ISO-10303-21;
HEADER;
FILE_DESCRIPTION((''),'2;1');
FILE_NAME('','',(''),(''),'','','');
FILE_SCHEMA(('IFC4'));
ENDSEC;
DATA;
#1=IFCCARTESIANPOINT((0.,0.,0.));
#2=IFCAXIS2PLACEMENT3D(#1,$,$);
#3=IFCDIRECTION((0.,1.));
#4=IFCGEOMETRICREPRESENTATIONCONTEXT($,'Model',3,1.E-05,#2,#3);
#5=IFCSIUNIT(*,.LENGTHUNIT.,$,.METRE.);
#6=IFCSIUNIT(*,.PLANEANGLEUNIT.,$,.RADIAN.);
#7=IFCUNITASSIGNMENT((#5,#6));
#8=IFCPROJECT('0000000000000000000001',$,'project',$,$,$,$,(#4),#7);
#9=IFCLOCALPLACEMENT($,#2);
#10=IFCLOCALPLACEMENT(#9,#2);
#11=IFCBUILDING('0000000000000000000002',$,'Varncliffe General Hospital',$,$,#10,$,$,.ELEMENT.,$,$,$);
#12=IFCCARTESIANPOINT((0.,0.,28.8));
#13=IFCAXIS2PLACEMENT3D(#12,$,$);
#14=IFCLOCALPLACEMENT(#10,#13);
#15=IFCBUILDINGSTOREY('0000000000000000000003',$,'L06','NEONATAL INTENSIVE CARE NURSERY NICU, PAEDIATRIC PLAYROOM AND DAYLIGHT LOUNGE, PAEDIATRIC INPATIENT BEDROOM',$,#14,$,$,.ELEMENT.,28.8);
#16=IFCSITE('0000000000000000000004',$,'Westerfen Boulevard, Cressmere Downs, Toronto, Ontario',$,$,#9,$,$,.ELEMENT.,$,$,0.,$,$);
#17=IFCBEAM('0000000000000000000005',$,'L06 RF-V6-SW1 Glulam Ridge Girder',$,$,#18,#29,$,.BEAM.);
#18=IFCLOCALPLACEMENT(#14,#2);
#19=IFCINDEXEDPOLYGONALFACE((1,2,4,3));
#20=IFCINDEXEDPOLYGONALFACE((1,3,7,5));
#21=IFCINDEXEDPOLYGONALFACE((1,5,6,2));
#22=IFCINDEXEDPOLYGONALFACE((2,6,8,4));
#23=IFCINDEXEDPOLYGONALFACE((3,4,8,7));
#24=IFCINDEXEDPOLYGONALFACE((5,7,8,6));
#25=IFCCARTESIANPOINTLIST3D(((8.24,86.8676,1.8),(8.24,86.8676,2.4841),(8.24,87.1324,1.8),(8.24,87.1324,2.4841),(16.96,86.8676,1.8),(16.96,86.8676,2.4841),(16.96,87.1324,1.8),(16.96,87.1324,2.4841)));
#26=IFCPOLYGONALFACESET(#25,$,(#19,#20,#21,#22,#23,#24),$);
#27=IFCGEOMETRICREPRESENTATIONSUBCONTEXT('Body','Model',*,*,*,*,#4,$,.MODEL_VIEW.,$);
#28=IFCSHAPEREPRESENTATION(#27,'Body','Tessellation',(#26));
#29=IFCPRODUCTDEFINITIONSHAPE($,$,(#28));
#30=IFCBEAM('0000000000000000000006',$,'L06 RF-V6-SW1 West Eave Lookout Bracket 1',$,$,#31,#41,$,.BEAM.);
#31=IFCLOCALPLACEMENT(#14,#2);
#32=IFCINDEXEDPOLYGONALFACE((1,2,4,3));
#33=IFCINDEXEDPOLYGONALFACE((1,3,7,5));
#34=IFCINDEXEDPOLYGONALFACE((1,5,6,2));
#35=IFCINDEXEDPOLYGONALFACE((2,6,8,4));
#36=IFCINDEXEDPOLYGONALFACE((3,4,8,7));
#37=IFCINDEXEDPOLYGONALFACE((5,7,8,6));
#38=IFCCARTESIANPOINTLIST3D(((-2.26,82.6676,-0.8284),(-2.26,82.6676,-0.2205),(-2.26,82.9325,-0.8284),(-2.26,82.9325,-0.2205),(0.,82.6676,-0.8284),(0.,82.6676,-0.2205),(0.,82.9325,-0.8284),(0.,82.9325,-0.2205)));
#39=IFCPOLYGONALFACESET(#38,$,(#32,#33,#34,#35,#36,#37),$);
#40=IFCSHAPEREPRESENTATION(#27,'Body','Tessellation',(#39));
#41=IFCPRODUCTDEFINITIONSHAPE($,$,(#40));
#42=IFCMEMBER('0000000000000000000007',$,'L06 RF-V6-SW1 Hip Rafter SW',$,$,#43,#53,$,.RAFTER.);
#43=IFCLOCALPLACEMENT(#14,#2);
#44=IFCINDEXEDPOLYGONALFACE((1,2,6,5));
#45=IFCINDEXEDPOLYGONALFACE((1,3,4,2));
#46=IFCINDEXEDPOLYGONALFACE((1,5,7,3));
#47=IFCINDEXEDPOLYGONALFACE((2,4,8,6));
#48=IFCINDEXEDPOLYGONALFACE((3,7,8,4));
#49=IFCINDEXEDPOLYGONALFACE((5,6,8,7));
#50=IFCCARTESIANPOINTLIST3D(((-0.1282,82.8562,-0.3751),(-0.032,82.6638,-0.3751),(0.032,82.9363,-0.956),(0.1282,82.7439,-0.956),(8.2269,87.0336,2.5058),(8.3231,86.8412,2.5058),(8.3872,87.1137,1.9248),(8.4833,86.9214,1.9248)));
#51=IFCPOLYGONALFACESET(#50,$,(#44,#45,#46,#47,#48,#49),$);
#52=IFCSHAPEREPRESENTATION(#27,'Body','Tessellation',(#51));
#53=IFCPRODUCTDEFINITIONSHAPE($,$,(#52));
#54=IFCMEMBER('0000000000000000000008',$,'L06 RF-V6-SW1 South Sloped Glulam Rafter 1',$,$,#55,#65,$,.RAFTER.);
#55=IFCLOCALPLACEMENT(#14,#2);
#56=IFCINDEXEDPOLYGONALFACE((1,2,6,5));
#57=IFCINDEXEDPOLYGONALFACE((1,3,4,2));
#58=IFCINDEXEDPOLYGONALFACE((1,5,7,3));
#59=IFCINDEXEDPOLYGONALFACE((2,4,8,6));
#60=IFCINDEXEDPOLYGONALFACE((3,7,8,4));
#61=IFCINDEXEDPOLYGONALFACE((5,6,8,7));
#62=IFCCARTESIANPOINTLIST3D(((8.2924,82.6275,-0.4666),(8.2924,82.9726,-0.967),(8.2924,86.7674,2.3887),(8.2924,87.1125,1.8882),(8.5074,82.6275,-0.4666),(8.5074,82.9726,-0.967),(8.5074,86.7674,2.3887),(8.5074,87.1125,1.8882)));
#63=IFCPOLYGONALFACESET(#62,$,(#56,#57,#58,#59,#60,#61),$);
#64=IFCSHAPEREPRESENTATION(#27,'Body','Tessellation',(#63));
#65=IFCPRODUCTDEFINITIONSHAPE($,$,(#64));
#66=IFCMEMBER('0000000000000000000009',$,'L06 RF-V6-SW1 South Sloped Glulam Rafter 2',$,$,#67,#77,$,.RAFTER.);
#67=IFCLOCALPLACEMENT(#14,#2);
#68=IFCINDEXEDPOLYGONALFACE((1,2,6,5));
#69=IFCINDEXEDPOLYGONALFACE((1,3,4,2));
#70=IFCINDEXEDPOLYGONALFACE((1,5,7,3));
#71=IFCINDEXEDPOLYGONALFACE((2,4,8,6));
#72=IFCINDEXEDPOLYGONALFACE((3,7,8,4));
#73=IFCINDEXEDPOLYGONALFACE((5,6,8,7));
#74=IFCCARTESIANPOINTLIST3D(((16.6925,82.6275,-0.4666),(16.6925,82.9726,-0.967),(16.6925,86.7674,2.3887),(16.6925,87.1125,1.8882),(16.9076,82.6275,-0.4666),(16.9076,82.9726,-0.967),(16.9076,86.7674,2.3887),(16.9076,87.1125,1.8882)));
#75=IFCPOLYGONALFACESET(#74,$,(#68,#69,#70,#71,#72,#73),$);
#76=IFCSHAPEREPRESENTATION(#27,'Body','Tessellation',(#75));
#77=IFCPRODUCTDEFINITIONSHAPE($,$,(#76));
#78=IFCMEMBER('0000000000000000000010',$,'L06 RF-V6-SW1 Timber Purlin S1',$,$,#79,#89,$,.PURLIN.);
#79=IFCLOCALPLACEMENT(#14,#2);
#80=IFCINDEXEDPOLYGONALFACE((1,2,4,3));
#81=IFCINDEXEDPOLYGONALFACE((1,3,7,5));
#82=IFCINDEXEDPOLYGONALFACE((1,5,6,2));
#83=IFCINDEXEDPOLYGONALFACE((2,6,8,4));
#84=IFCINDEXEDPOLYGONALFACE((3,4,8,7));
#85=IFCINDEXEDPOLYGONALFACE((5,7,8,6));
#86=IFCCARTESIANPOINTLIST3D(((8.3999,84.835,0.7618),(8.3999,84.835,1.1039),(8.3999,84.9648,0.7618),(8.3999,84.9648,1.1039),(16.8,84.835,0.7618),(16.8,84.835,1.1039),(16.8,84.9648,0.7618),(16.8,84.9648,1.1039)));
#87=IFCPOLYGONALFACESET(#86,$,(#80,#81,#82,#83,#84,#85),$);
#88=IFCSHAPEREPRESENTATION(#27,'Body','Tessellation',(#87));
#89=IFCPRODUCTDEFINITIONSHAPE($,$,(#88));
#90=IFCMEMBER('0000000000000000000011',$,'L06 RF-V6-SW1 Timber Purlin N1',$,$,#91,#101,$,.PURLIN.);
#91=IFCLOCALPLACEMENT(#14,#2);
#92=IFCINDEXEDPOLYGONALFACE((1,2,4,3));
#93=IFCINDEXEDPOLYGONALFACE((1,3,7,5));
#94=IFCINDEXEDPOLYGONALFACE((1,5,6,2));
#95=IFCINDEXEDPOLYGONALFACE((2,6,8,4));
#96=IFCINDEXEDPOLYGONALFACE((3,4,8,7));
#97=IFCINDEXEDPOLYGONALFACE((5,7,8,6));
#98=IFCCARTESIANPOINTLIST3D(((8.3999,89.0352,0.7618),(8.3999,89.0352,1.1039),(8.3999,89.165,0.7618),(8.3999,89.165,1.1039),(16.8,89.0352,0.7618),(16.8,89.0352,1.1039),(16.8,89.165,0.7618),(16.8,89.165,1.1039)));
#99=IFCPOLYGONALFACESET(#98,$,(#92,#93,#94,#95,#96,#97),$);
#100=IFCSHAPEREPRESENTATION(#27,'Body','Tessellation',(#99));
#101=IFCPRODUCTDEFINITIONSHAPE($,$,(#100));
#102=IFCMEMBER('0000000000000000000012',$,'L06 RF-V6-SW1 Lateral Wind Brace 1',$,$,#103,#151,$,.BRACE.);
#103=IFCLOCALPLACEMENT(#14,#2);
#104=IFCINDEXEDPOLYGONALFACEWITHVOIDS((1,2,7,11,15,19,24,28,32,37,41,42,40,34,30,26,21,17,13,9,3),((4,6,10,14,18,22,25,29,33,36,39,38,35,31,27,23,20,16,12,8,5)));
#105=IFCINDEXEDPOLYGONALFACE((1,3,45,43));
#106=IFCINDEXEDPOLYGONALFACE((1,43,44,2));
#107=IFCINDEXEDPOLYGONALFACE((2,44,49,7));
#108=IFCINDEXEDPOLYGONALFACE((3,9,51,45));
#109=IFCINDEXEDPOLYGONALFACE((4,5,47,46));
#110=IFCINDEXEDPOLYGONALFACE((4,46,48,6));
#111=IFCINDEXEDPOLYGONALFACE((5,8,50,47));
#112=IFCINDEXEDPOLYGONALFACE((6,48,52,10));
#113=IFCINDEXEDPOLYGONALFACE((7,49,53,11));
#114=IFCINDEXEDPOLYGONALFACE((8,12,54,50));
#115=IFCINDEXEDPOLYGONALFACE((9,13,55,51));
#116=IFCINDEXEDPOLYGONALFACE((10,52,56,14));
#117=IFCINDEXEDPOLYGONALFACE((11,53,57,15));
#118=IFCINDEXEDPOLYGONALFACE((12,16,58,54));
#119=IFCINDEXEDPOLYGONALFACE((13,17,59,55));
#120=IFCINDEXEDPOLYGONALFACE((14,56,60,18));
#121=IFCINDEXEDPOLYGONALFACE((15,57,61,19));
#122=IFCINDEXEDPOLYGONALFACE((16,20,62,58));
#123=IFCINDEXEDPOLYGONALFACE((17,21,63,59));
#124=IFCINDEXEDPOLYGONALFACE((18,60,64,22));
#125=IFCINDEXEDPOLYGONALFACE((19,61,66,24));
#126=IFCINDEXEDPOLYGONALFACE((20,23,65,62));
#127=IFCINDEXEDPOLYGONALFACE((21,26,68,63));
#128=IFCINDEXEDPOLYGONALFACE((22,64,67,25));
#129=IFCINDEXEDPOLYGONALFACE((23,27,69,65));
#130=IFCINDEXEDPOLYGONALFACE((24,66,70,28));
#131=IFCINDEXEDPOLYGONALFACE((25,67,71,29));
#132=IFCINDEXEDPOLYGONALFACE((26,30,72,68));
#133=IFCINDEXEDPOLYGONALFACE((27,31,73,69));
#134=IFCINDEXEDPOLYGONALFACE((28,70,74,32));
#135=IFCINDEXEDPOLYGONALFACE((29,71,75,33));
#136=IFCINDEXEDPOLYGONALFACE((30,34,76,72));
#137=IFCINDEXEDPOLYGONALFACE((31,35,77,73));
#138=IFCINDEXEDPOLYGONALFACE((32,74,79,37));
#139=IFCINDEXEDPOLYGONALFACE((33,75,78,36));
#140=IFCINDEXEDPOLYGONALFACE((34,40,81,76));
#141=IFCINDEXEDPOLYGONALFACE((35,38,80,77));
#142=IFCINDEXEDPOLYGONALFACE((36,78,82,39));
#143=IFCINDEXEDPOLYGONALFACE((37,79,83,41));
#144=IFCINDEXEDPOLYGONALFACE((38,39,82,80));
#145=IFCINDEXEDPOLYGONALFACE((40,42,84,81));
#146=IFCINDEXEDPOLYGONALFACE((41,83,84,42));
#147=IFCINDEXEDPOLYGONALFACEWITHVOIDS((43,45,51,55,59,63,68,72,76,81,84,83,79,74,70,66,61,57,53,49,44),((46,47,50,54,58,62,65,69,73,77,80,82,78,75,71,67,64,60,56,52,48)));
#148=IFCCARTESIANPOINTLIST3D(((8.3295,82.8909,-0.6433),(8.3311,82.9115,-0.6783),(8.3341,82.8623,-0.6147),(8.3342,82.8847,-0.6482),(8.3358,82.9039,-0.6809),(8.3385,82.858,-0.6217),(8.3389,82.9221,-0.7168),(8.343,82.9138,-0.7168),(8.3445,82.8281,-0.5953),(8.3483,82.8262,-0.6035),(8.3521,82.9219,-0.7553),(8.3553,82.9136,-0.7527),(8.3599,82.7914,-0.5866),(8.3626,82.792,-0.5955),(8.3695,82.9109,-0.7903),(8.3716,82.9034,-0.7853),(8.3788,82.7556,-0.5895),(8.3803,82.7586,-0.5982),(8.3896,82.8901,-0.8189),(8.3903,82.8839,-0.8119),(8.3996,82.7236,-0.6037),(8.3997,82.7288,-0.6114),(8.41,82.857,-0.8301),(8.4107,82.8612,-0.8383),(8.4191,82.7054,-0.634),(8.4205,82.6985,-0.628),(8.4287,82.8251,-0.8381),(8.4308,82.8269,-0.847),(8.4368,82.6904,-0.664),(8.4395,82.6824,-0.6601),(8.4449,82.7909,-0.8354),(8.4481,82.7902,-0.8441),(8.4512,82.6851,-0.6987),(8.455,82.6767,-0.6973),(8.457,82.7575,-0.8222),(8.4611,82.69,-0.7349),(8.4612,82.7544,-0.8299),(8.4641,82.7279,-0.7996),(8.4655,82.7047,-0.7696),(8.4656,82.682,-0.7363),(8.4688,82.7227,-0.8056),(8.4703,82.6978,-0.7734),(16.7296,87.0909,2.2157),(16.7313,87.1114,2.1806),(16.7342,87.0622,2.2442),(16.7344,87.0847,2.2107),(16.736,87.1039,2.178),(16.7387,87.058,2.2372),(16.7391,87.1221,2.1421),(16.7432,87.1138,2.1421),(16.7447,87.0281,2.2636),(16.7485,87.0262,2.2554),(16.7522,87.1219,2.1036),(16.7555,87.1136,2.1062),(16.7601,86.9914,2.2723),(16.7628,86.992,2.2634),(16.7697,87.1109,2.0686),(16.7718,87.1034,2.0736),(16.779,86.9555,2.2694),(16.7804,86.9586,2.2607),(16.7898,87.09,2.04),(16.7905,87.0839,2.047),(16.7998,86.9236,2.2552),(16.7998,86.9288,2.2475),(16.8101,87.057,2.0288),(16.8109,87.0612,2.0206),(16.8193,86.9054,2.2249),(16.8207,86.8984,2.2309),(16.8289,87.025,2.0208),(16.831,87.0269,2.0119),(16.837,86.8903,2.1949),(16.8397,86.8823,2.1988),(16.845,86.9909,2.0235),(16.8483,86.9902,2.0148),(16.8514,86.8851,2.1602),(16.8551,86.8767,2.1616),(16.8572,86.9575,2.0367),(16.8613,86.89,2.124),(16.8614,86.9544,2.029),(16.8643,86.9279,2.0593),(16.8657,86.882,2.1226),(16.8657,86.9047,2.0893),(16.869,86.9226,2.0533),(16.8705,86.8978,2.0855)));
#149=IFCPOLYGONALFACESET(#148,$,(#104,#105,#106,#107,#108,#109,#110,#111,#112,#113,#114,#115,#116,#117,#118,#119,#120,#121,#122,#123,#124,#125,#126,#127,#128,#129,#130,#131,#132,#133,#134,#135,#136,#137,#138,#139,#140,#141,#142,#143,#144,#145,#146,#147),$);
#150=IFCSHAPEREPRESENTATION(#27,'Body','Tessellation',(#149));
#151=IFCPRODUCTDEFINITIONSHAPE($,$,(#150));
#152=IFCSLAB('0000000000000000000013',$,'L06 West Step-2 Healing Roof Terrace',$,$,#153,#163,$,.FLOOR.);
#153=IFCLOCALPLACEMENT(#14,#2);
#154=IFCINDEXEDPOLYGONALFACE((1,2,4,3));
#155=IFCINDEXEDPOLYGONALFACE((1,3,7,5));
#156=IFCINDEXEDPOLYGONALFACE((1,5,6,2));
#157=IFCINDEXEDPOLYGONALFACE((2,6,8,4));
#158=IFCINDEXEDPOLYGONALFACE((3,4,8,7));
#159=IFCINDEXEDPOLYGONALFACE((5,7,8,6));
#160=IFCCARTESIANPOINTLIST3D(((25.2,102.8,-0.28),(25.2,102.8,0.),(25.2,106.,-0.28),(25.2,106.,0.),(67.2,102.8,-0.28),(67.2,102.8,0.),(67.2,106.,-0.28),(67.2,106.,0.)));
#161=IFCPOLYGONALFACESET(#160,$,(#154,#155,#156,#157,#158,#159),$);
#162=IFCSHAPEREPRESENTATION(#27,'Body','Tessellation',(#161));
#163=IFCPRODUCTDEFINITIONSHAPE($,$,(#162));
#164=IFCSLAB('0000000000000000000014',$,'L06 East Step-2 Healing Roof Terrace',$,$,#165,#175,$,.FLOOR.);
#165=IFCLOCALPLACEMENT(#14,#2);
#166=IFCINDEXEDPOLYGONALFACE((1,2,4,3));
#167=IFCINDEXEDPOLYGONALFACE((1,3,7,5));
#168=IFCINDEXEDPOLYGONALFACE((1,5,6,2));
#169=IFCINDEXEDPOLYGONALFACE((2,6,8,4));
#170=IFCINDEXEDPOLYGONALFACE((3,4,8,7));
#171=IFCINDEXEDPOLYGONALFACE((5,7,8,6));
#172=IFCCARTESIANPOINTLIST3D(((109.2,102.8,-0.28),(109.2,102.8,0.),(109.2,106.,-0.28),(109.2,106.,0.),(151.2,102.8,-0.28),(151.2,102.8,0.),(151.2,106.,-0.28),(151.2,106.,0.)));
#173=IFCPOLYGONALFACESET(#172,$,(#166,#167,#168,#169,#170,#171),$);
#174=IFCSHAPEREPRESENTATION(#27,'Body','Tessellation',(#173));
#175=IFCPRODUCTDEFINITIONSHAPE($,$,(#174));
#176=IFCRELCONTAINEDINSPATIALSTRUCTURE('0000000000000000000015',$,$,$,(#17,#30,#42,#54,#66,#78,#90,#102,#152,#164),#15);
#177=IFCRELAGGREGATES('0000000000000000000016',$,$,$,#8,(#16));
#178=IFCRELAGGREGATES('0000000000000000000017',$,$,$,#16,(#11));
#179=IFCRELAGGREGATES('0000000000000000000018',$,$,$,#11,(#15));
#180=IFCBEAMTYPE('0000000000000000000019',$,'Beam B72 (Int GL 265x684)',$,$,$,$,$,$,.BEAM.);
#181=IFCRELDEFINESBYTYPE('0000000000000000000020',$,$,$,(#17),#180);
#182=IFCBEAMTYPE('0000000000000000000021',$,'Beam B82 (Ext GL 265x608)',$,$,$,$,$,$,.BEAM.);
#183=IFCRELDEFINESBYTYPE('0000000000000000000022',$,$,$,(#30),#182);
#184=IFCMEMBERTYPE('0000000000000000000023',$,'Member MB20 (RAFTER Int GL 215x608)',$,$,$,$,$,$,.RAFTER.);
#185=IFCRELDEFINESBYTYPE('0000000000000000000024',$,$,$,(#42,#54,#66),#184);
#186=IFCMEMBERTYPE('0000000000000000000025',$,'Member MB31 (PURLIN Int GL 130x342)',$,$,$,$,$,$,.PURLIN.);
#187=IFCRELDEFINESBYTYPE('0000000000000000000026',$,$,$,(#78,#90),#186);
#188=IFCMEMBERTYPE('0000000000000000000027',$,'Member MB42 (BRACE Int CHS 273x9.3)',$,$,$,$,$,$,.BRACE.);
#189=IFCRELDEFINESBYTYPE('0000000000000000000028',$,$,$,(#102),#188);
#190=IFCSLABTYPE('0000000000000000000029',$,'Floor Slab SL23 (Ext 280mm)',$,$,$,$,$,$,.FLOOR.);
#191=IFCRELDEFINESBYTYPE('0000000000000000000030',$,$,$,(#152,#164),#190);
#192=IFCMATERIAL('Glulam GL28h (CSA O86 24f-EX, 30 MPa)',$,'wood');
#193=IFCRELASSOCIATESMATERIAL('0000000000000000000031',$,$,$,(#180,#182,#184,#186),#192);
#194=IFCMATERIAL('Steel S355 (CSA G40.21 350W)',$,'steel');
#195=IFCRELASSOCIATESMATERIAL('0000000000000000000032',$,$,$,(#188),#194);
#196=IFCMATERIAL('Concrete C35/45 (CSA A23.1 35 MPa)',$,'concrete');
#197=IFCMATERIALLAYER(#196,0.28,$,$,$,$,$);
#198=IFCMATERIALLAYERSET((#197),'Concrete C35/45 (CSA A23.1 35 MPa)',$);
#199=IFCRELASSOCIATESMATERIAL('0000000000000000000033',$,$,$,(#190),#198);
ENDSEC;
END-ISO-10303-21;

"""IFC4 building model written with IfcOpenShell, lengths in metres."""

from ifc_helpers import new_model, si_unit, direction, frame, origin, origin_2d, place, context, subcontext, project, spatial, polyline, rectangle, hollow_circle, outline, extrude, material, layer, layer_set, material_profile, profile_set, type_object, element, save


model = new_model("IFC4")

# Units and contexts
model_context = context("Model", 3, precision=1e-05, world=origin(), true_north=direction((0.0, 1.0)))
body_context = subcontext(model_context, "Body", "Model", "MODEL_VIEW")
ifc_project = project(units=[si_unit("LENGTHUNIT", "METRE"), si_unit("PLANEANGLEUNIT", "RADIAN")], contexts=[model_context])

# Site, building, storey
site_placement = place(None, origin())
site = spatial("IfcSite", under=ifc_project, at=site_placement, Name="Westerfen Boulevard, Cressmere Downs, Toronto, Ontario", CompositionType="ELEMENT", RefElevation=0.0)
building_placement = place(site_placement, origin())
building = spatial("IfcBuilding", under=site, at=building_placement, Name="Varncliffe General Hospital", CompositionType="ELEMENT")
storey_placement = place(building_placement, frame((0.0, 0.0, 28.8)))
storey = spatial("IfcBuildingStorey", under=building, at=storey_placement, Name="L06", Description="NEONATAL INTENSIVE CARE NURSERY NICU, PAEDIATRIC PLAYROOM AND DAYLIGHT LOUNGE, PAEDIATRIC INPATIENT BEDROOM", CompositionType="ELEMENT", Elevation=28.8)

# Beams
ifc_material_1 = material(Name="Glulam GL28h (CSA O86 24f-EX, 30 MPa)", Category="wood")
ifc_material_profile_1 = material_profile(ifc_material_1, rectangle(XDim=0.2649, YDim=0.6841, at=origin_2d()), Name="GL 265x684")
ifc_profile_set_1 = profile_set([ifc_material_profile_1], Name="Glulam GL28h (CSA O86 24f-EX, 30 MPa)")
beam_type_1 = type_object("IfcBeamType", Name="Beam B72 (Int GL 265x684)", PredefinedType="BEAM", material=ifc_profile_set_1)
beam_1_placement = place(storey_placement, frame((8.24, 87.0, 2.1421), z_axis=(1.0, 0.0, 0.0), x_axis=(0.0, 1.0, 0.0)))
element("IfcBeam", 1, at=beam_1_placement, inside=storey, type_object=beam_type_1, Name="L06 RF-V6-SW1 Glulam Ridge Girder", PredefinedType="BEAM", context=body_context, shape_type="SweptSolid", body=[
    extrude(rectangle(XDim=0.2649, YDim=0.6841, at=origin_2d()), origin(), (0.0, 0.0, 1.0), 8.72),
])
ifc_material_profile_2 = material_profile(ifc_material_1, rectangle(XDim=0.2649, YDim=0.6079, at=origin_2d()), Name="GL 265x608")
ifc_profile_set_2 = profile_set([ifc_material_profile_2], Name="Glulam GL28h (CSA O86 24f-EX, 30 MPa)")
beam_type_2 = type_object("IfcBeamType", Name="Beam B82 (Ext GL 265x608)", PredefinedType="BEAM", material=ifc_profile_set_2)
beam_2_placement = place(storey_placement, frame((-2.26, 82.8, -0.5244), z_axis=(1.0, 0.0, 0.0), x_axis=(0.0, 1.0, 0.0)))
element("IfcBeam", 2, at=beam_2_placement, inside=storey, type_object=beam_type_2, Name="L06 RF-V6-SW1 West Eave Lookout Bracket 1", PredefinedType="BEAM", context=body_context, shape_type="SweptSolid", body=[
    extrude(rectangle(XDim=0.2649, YDim=0.6079, at=origin_2d()), origin(), (0.0, 0.0, 1.0), 2.26),
])

# Members
ifc_material_profile_3 = material_profile(ifc_material_1, rectangle(XDim=0.2151, YDim=0.6079, at=origin_2d()), Name="GL 215x608")
ifc_profile_set_3 = profile_set([ifc_material_profile_3], Name="Glulam GL28h (CSA O86 24f-EX, 30 MPa)")
member_type_1 = type_object("IfcMemberType", Name="Member MB20 (RAFTER Int GL 215x608)", PredefinedType="RAFTER", material=ifc_profile_set_3)
member_1_placement = place(storey_placement, frame((0.0, 82.8, -0.6655), z_axis=(0.85471, 0.427343, 0.294702), x_axis=(-0.447203, 0.894432, 0.0)))
element("IfcMember", 3, at=member_1_placement, inside=storey, type_object=member_type_1, Name="L06 RF-V6-SW1 Hip Rafter SW", PredefinedType="RAFTER", context=body_context, shape_type="SweptSolid", body=[
    extrude(rectangle(XDim=0.2151, YDim=0.6079, at=origin_2d()), origin(), (0.0, 0.0, 1.0), 9.7754),
])
for number, where, z_axis, x_axis, name in (
    (4, (8.3999, 82.8, -0.7168), (0.0, 0.823201, 0.56775), (-1.0, 0.0, 0.0), "L06 RF-V6-SW1 South Sloped Glulam Rafter 1"),
    (5, (16.8, 82.8, -0.7168), (0.0, 0.823201, 0.56775), (-1.0, 0.0, 0.0), "L06 RF-V6-SW1 South Sloped Glulam Rafter 2"),
):
    element("IfcMember", number, at=place(storey_placement, frame(where, z_axis=z_axis, x_axis=x_axis)), inside=storey, type_object=member_type_1, Name=name, PredefinedType="RAFTER", context=body_context, shape_type="SweptSolid", body=[
        extrude(rectangle(XDim=0.2151, YDim=0.6079, at=origin_2d()), origin(), (0.0, 0.0, 1.0), 5.0291),
    ])
ifc_material_profile_4 = material_profile(ifc_material_1, rectangle(XDim=0.1299, YDim=0.342, at=origin_2d()), Name="GL 130x342")
ifc_profile_set_4 = profile_set([ifc_material_profile_4], Name="Glulam GL28h (CSA O86 24f-EX, 30 MPa)")
member_type_2 = type_object("IfcMemberType", Name="Member MB31 (PURLIN Int GL 130x342)", PredefinedType="PURLIN", material=ifc_profile_set_4)
for number, where, z_axis, x_axis, name in (
    (6, (8.3999, 84.8999, 0.9329), (1.0, 0.0, 0.0), (0.0, 1.0, 0.0), "L06 RF-V6-SW1 Timber Purlin S1"),
    (7, (8.3999, 89.1001, 0.9329), (1.0, 0.0, 0.0), (0.0, 1.0, 0.0), "L06 RF-V6-SW1 Timber Purlin N1"),
):
    element("IfcMember", number, at=place(storey_placement, frame(where, z_axis=z_axis, x_axis=x_axis)), inside=storey, type_object=member_type_2, Name=name, PredefinedType="PURLIN", context=body_context, shape_type="SweptSolid", body=[
        extrude(rectangle(XDim=0.1299, YDim=0.342, at=origin_2d()), origin(), (0.0, 0.0, 1.0), 8.4001),
    ])
ifc_material_2 = material(Name="Steel S355 (CSA G40.21 350W)", Category="steel")
ifc_material_profile_5 = material_profile(ifc_material_2, hollow_circle(Radius=0.1365, WallThickness=0.0093, at=origin_2d()), Name="CHS 273x9.3")
ifc_profile_set_5 = profile_set([ifc_material_profile_5], Name="Steel S355 (CSA G40.21 350W)")
member_type_3 = type_object("IfcMemberType", Name="Member MB42 (BRACE Int CHS 273x9.3)", PredefinedType="BRACE", material=ifc_profile_set_5)
member_2_placement = place(storey_placement, frame((8.3999, 82.8, -0.7168), z_axis=(0.855666, 0.42782, 0.291215), x_axis=(-0.447203, 0.894432, 0.0)))
element("IfcMember", 8, at=member_2_placement, inside=storey, type_object=member_type_3, Name="L06 RF-V6-SW1 Lateral Wind Brace 1", PredefinedType="BRACE", context=body_context, shape_type="SweptSolid", body=[
    extrude(hollow_circle(Radius=0.1365, WallThickness=0.0093, at=origin_2d()), origin(), (0.0, 0.0, 1.0), 9.8171),
])

# Slabs
ifc_material_3 = material(Name="Concrete C35/45 (CSA A23.1 35 MPa)", Category="concrete")
ifc_layer_1 = layer(ifc_material_3, 0.28)
ifc_layer_set_1 = layer_set([ifc_layer_1], Name="Concrete C35/45 (CSA A23.1 35 MPa)")
slab_type_1 = type_object("IfcSlabType", Name="Floor Slab SL23 (Ext 280mm)", PredefinedType="FLOOR", material=ifc_layer_set_1)
slab_1_placement = place(storey_placement, frame((0.0, 0.0, -0.28)))
element("IfcSlab", 9, at=slab_1_placement, inside=storey, type_object=slab_type_1, Name="L06 West Step-2 Healing Roof Terrace", PredefinedType="FLOOR", context=body_context, shape_type="SweptSolid", body=[
    extrude(outline(polyline([(25.2, 102.8), (67.2, 102.8), (67.2, 106.0), (25.2, 106.0), (25.2, 102.8)])), origin(), (0.0, 0.0, 1.0), 0.28),
])
slab_2_placement = place(storey_placement, frame((0.0, 0.0, -0.28)))
element("IfcSlab", 10, at=slab_2_placement, inside=storey, type_object=slab_type_1, Name="L06 East Step-2 Healing Roof Terrace", PredefinedType="FLOOR", context=body_context, shape_type="SweptSolid", body=[
    extrude(outline(polyline([(109.2, 102.8), (151.2, 102.8), (151.2, 106.0), (109.2, 106.0), (109.2, 102.8)])), origin(), (0.0, 0.0, 1.0), 0.28),
])

save(model, "model.ifc")
